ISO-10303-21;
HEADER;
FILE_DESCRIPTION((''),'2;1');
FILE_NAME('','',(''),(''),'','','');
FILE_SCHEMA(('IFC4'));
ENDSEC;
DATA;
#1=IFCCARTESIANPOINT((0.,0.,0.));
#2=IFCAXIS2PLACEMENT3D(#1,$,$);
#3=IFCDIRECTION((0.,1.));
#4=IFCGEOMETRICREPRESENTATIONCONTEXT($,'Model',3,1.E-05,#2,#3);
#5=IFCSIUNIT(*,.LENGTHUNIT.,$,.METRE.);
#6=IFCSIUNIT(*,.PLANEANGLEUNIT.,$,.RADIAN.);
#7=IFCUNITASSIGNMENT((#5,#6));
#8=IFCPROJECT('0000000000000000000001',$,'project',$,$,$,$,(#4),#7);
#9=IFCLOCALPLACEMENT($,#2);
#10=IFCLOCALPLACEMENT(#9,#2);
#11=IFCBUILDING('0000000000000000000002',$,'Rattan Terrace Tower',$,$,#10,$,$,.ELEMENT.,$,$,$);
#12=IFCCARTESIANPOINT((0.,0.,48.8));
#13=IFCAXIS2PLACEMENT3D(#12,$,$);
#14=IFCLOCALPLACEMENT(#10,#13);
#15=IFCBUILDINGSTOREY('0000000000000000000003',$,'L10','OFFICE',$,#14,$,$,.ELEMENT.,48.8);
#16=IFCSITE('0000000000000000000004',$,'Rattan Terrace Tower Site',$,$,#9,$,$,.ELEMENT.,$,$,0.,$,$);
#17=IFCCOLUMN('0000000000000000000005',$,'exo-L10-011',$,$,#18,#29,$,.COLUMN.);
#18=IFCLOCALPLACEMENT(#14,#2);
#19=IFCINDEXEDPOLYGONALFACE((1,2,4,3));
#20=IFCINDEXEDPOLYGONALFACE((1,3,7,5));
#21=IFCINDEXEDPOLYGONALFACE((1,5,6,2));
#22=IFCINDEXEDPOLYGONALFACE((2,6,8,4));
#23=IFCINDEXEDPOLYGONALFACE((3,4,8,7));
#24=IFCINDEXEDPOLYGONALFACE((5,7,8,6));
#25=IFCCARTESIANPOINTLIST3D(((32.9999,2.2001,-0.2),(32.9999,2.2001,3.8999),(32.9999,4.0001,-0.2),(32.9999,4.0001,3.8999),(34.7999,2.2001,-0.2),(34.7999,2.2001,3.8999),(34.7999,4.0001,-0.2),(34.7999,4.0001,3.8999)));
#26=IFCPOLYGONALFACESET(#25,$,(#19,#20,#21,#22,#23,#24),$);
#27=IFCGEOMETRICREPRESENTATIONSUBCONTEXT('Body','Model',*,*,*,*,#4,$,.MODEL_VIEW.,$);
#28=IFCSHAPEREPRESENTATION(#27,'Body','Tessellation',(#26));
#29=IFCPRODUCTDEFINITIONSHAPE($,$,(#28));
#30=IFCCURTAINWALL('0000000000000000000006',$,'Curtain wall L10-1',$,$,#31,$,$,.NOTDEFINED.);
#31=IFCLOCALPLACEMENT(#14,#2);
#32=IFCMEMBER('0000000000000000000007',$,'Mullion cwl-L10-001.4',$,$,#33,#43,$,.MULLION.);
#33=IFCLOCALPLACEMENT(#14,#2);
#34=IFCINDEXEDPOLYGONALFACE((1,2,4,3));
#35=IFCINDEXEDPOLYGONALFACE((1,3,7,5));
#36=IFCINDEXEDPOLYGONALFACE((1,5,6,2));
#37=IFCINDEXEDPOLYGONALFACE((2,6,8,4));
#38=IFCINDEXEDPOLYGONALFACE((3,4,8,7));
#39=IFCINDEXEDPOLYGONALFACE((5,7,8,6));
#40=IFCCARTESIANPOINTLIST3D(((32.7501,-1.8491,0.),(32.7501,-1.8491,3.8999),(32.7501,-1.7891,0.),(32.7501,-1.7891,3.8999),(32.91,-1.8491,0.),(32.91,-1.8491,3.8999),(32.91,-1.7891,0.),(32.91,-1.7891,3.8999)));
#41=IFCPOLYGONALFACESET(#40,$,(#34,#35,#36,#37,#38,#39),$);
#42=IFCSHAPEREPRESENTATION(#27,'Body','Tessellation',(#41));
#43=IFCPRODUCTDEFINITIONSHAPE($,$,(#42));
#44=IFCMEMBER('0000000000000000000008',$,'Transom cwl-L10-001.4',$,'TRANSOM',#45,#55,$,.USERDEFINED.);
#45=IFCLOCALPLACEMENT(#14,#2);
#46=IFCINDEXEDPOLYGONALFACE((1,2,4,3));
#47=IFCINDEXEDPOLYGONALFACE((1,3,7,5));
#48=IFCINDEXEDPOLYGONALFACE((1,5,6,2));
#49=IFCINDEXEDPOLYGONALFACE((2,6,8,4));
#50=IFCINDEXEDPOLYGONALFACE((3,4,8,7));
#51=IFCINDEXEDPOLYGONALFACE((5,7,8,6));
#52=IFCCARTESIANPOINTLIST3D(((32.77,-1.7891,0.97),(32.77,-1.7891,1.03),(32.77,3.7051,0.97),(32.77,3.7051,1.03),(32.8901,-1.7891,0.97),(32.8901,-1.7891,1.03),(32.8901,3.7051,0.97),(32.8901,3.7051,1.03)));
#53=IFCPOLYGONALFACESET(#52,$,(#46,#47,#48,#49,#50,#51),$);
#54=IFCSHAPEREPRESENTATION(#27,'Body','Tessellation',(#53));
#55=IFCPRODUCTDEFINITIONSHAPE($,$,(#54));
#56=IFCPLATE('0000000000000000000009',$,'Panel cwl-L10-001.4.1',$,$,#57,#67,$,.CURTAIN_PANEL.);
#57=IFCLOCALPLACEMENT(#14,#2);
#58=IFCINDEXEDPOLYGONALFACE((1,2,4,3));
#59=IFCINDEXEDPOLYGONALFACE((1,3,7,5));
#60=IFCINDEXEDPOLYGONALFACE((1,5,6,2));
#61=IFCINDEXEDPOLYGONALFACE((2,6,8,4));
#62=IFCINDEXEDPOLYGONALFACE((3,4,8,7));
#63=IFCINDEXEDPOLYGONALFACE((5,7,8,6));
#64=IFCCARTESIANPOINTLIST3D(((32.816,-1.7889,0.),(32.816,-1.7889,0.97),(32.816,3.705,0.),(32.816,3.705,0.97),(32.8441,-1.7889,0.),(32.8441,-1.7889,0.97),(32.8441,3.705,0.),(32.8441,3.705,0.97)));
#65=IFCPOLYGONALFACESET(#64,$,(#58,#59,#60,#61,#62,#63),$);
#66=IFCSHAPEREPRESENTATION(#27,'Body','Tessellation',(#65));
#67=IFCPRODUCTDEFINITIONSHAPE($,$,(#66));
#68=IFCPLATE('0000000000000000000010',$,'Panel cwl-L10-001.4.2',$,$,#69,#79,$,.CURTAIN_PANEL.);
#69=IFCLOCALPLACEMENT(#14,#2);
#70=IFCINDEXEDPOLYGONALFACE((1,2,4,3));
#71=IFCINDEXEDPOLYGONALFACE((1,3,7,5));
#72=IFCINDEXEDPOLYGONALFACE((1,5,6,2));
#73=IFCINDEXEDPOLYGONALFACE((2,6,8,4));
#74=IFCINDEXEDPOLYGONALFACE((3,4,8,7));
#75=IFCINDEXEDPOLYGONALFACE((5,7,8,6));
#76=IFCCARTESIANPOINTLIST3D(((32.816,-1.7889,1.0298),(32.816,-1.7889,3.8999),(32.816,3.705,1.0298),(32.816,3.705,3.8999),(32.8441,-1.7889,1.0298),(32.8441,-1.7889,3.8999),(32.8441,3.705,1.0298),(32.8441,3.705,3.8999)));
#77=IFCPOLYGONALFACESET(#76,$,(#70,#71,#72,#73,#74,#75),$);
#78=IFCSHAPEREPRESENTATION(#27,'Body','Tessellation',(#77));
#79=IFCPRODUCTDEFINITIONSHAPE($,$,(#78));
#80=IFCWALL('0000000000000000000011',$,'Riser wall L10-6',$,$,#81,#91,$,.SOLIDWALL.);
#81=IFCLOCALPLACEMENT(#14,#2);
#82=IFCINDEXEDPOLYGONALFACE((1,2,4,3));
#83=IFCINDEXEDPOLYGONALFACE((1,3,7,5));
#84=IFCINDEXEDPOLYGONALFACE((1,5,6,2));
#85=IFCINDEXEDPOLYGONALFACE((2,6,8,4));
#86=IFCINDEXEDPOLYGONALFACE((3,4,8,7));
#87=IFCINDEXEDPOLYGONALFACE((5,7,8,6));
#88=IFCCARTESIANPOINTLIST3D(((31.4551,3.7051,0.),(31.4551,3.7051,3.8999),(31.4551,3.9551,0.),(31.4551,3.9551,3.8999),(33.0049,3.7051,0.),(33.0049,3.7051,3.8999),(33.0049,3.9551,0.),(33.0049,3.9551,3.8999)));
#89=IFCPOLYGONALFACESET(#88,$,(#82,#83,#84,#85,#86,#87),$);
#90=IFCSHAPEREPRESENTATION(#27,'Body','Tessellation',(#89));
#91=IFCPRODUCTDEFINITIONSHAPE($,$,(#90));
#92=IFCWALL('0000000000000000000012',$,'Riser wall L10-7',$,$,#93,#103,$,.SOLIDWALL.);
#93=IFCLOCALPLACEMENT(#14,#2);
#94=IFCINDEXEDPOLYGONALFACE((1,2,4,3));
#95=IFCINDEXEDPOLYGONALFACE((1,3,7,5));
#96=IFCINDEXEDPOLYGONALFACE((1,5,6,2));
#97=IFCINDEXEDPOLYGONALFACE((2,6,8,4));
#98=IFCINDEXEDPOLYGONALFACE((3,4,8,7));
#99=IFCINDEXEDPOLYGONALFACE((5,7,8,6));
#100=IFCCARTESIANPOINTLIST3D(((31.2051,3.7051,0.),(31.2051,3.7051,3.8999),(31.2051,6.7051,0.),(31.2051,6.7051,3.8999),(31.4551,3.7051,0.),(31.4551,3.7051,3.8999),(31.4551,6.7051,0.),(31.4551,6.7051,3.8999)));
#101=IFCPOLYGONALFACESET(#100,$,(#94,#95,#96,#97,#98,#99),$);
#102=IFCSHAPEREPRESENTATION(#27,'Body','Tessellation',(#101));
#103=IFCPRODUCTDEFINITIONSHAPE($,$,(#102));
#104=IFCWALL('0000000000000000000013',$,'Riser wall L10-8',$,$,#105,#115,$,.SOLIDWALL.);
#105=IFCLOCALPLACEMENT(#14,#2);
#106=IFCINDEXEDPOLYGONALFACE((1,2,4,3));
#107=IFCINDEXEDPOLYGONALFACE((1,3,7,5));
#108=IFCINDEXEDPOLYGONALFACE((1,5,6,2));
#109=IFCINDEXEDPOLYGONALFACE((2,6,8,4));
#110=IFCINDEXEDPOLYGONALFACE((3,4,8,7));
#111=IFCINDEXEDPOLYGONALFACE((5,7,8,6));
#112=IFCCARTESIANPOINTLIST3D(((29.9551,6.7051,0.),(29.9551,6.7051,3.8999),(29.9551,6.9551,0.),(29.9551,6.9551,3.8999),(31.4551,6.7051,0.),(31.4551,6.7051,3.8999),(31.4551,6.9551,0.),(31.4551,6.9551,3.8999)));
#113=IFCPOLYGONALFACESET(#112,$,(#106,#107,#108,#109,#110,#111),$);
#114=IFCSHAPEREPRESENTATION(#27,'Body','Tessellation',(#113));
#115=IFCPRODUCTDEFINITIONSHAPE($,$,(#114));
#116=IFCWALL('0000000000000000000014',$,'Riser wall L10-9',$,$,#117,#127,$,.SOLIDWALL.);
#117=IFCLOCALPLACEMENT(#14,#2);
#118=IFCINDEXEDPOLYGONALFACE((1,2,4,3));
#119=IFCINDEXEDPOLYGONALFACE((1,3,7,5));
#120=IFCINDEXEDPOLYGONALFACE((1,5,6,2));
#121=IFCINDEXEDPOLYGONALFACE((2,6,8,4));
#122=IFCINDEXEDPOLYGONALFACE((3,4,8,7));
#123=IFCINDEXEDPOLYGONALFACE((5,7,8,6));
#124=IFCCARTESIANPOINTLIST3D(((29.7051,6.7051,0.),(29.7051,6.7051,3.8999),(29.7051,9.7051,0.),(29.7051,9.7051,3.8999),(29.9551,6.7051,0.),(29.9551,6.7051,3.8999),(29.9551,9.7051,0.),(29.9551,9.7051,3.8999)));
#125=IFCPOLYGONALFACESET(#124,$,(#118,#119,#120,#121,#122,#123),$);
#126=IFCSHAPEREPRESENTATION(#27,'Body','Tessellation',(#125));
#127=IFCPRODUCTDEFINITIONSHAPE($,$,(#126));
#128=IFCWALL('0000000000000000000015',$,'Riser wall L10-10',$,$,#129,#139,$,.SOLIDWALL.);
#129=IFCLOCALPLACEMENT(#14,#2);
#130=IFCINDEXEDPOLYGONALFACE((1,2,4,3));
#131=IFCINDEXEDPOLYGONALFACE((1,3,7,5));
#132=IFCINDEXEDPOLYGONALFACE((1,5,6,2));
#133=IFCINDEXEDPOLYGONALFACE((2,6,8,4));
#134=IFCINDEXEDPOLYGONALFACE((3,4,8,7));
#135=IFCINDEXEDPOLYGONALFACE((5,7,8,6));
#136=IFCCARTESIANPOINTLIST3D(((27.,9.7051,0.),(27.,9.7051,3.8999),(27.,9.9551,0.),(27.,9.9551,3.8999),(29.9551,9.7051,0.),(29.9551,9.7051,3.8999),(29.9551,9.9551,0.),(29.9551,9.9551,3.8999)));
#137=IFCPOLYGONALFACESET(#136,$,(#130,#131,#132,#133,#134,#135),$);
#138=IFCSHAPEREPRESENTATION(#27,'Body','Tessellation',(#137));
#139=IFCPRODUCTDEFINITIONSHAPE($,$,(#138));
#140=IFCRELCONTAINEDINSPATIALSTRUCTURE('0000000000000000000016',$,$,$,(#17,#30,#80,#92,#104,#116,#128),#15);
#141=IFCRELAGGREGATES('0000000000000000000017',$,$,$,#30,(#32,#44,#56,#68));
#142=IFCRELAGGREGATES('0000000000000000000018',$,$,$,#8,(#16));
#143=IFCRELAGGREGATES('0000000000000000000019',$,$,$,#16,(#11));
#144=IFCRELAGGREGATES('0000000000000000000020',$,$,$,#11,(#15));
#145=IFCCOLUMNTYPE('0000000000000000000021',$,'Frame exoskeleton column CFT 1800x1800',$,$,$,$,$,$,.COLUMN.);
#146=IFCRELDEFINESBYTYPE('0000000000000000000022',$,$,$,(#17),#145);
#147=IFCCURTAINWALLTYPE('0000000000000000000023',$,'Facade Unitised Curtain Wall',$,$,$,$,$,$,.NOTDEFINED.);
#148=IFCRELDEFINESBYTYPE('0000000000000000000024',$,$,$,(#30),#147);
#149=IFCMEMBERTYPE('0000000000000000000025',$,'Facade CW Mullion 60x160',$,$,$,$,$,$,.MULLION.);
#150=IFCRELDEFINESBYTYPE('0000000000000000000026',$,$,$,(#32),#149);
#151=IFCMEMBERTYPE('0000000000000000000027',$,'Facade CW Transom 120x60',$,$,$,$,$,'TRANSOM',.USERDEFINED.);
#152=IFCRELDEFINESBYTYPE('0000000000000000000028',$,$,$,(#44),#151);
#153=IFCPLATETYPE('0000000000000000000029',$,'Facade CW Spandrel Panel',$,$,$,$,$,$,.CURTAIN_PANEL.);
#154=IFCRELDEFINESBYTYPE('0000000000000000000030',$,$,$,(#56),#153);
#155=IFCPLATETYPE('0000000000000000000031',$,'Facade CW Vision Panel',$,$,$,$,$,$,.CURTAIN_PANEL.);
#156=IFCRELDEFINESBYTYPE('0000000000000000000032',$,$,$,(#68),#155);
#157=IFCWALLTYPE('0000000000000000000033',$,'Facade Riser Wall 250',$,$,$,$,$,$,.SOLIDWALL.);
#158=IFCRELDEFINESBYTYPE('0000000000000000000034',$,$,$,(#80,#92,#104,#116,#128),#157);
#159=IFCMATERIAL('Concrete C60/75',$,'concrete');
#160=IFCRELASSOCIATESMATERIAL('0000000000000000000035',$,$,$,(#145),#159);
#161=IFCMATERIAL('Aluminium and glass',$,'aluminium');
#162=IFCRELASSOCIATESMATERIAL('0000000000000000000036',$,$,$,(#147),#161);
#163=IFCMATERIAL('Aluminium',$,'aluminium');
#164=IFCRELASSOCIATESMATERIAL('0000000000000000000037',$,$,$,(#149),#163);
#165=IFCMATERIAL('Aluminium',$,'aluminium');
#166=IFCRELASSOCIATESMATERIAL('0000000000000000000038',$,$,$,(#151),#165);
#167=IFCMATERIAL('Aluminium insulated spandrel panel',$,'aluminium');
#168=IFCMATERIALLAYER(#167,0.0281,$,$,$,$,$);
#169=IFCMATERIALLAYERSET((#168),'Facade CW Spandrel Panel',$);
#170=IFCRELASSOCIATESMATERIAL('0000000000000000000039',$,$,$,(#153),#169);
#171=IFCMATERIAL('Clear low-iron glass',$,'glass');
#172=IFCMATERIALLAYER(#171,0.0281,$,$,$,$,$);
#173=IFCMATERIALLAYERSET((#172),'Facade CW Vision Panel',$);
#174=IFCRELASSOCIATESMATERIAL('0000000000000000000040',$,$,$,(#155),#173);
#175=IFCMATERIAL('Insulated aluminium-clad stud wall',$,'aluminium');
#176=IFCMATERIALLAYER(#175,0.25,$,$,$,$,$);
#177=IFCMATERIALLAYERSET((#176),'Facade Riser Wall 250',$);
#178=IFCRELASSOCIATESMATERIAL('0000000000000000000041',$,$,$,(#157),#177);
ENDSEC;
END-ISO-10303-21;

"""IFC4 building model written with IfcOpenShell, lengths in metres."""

from ifc_helpers import new_model, si_unit, direction, frame, frame_2d, origin, origin_2d, place, context, subcontext, project, spatial, rectangle, extrude, material, layer, layer_set, material_profile, profile_set, type_object, element, aggregate, save


model = new_model("IFC4")

# Units and contexts
model_context = context("Model", 3, precision=1e-05, world=origin(), true_north=direction((0.0, 1.0)))
body_context = subcontext(model_context, "Body", "Model", "MODEL_VIEW")
ifc_project = project(units=[si_unit("LENGTHUNIT", "METRE"), si_unit("PLANEANGLEUNIT", "RADIAN")], contexts=[model_context])

# Site, building, storey
site_placement = place(None, origin())
site = spatial("IfcSite", under=ifc_project, at=site_placement, Name="Rattan Terrace Tower Site", CompositionType="ELEMENT", RefElevation=0.0)
building_placement = place(site_placement, origin())
building = spatial("IfcBuilding", under=site, at=building_placement, Name="Rattan Terrace Tower", CompositionType="ELEMENT")
storey_placement = place(building_placement, frame((0.0, 0.0, 48.8)))
storey = spatial("IfcBuildingStorey", under=building, at=storey_placement, Name="L10", Description="OFFICE", CompositionType="ELEMENT", Elevation=48.8)

# Column
ifc_material_1 = material(Name="Concrete C60/75", Category="concrete")
ifc_material_profile_1 = material_profile(ifc_material_1, rectangle(XDim=1.8, YDim=1.8, at=origin_2d()), Name="CFT 1800x1800")
ifc_profile_set_1 = profile_set([ifc_material_profile_1], Name="Concrete C60/75")
column_type = type_object("IfcColumnType", Name="Frame exoskeleton column CFT 1800x1800", PredefinedType="COLUMN", material=ifc_profile_set_1)
column_placement = place(storey_placement, frame((33.8999, 3.1001, -0.2), z_axis=(0.0, 0.0, 1.0), x_axis=(0.0, 1.0, 0.0)))
element("IfcColumn", 1, at=column_placement, inside=storey, type_object=column_type, Name="exo-L10-011", PredefinedType="COLUMN", context=body_context, shape_type="SweptSolid", body=[
    extrude(rectangle(XDim=1.8, YDim=1.8, at=origin_2d()), origin(), (0.0, 0.0, 1.0), 4.0999),
])

# Curtain wall, members, plates
ifc_material_2 = material(Name="Aluminium and glass", Category="aluminium")
curtain_wall_type = type_object("IfcCurtainWallType", Name="Facade Unitised Curtain Wall", PredefinedType="NOTDEFINED", material=ifc_material_2)
curtain_wall_placement = place(storey_placement, origin())
curtain_wall = element("IfcCurtainWall", 2, at=curtain_wall_placement, inside=storey, type_object=curtain_wall_type, Name="Curtain wall L10-1", PredefinedType="NOTDEFINED")
ifc_material_3 = material(Name="Aluminium", Category="aluminium")
ifc_material_profile_2 = material_profile(ifc_material_3, rectangle(XDim=0.0601, YDim=0.1599, at=origin_2d()), Name="Aluminium 60x160")
ifc_profile_set_2 = profile_set([ifc_material_profile_2], Name="Aluminium")
member_type_1 = type_object("IfcMemberType", Name="Facade CW Mullion 60x160", PredefinedType="MULLION", material=ifc_profile_set_2)
member_1_placement = place(storey_placement, frame((32.8301, -1.8191, 0.0), z_axis=(0.0, 0.0, 1.0), x_axis=(0.0, 1.0, 0.0)))
member_1 = element("IfcMember", 3, at=member_1_placement, type_object=member_type_1, Name="Mullion cwl-L10-001.4", PredefinedType="MULLION", context=body_context, shape_type="SweptSolid", body=[
    extrude(rectangle(XDim=0.0601, YDim=0.1599, at=origin_2d()), origin(), (0.0, 0.0, 1.0), 3.8999),
])
ifc_material_4 = material(Name="Aluminium", Category="aluminium")
ifc_material_profile_3 = material_profile(ifc_material_4, rectangle(XDim=0.1201, YDim=0.0601, at=origin_2d()), Name="Aluminium 120x60")
ifc_profile_set_3 = profile_set([ifc_material_profile_3], Name="Aluminium")
member_type_2 = type_object("IfcMemberType", Name="Facade CW Transom 120x60", ElementType="TRANSOM", PredefinedType="USERDEFINED", material=ifc_profile_set_3)
member_2_placement = place(storey_placement, frame((32.8301, -1.7891, 1.0), z_axis=(0.0, 1.0, 0.0), x_axis=(-1.0, 0.0, 0.0)))
member_2 = element("IfcMember", 4, at=member_2_placement, type_object=member_type_2, Name="Transom cwl-L10-001.4", ObjectType="TRANSOM", PredefinedType="USERDEFINED", context=body_context, shape_type="SweptSolid", body=[
    extrude(rectangle(XDim=0.1201, YDim=0.0601, at=origin_2d()), origin(), (0.0, 0.0, 1.0), 5.4941),
])
ifc_material_5 = material(Name="Aluminium insulated spandrel panel", Category="aluminium")
ifc_layer_1 = layer(ifc_material_5, 0.0281)
ifc_layer_set_1 = layer_set([ifc_layer_1], Name="Facade CW Spandrel Panel")
plate_type_1 = type_object("IfcPlateType", Name="Facade CW Spandrel Panel", PredefinedType="CURTAIN_PANEL", material=ifc_layer_set_1)
plate_1_placement = place(storey_placement, frame((32.8301, 0.958, 0.0), z_axis=(0.0, 0.0, 1.0), x_axis=(0.0, 1.0, 0.0)))
plate_1 = element("IfcPlate", 5, at=plate_1_placement, type_object=plate_type_1, Name="Panel cwl-L10-001.4.1", PredefinedType="CURTAIN_PANEL", context=body_context, shape_type="SweptSolid", body=[
    extrude(rectangle(XDim=5.4939, YDim=0.0281, at=origin_2d()), origin(), (0.0, 0.0, 1.0), 0.97),
])
ifc_material_6 = material(Name="Clear low-iron glass", Category="glass")
ifc_layer_2 = layer(ifc_material_6, 0.0281)
ifc_layer_set_2 = layer_set([ifc_layer_2], Name="Facade CW Vision Panel")
plate_type_2 = type_object("IfcPlateType", Name="Facade CW Vision Panel", PredefinedType="CURTAIN_PANEL", material=ifc_layer_set_2)
plate_2_placement = place(storey_placement, frame((32.8301, 0.958, 1.0298), z_axis=(0.0, 0.0, 1.0), x_axis=(0.0, 1.0, 0.0)))
plate_2 = element("IfcPlate", 6, at=plate_2_placement, type_object=plate_type_2, Name="Panel cwl-L10-001.4.2", PredefinedType="CURTAIN_PANEL", context=body_context, shape_type="SweptSolid", body=[
    extrude(rectangle(XDim=5.4939, YDim=0.0281, at=origin_2d()), origin(), (0.0, 0.0, 1.0), 2.8701),
])
aggregate(curtain_wall, [member_1, member_2, plate_1, plate_2])

# Walls
ifc_material_7 = material(Name="Insulated aluminium-clad stud wall", Category="aluminium")
ifc_layer_3 = layer(ifc_material_7, 0.25)
ifc_layer_set_3 = layer_set([ifc_layer_3], Name="Facade Riser Wall 250")
wall_type_1 = type_object("IfcWallType", Name="Facade Riser Wall 250", PredefinedType="SOLIDWALL", material=ifc_layer_set_3)
wall_1_placement = place(storey_placement, frame((33.0049, 3.8301, 0.0), z_axis=(0.0, 0.0, 1.0), x_axis=(-1.0, 0.0, 0.0)))
element("IfcWall", 7, at=wall_1_placement, inside=storey, type_object=wall_type_1, Name="Riser wall L10-6", PredefinedType="SOLIDWALL", context=body_context, shape_type="SweptSolid", body=[
    extrude(rectangle(XDim=1.5498, YDim=0.25, at=frame_2d((0.7749, 0.0))), origin(), (0.0, 0.0, 1.0), 3.8999),
])
wall_2_placement = place(storey_placement, frame((31.3301, 3.7051, 0.0), z_axis=(0.0, 0.0, 1.0), x_axis=(0.0, 1.0, 0.0)))
element("IfcWall", 8, at=wall_2_placement, inside=storey, type_object=wall_type_1, Name="Riser wall L10-7", PredefinedType="SOLIDWALL", context=body_context, shape_type="SweptSolid", body=[
    extrude(rectangle(XDim=3.0, YDim=0.25, at=frame_2d((1.5, 0.0))), origin(), (0.0, 0.0, 1.0), 3.8999),
])
wall_3_placement = place(storey_placement, frame((31.4551, 6.8301, 0.0), z_axis=(0.0, 0.0, 1.0), x_axis=(-1.0, 0.0, 0.0)))
element("IfcWall", 9, at=wall_3_placement, inside=storey, type_object=wall_type_1, Name="Riser wall L10-8", PredefinedType="SOLIDWALL", context=body_context, shape_type="SweptSolid", body=[
    extrude(rectangle(XDim=1.5, YDim=0.25, at=frame_2d((0.75, 0.0))), origin(), (0.0, 0.0, 1.0), 3.8999),
])
wall_4_placement = place(storey_placement, frame((29.8301, 6.7051, 0.0), z_axis=(0.0, 0.0, 1.0), x_axis=(0.0, 1.0, 0.0)))
element("IfcWall", 10, at=wall_4_placement, inside=storey, type_object=wall_type_1, Name="Riser wall L10-9", PredefinedType="SOLIDWALL", context=body_context, shape_type="SweptSolid", body=[
    extrude(rectangle(XDim=3.0, YDim=0.25, at=frame_2d((1.5, 0.0))), origin(), (0.0, 0.0, 1.0), 3.8999),
])
wall_5_placement = place(storey_placement, frame((29.9551, 9.8301, 0.0), z_axis=(0.0, 0.0, 1.0), x_axis=(-1.0, 0.0, 0.0)))
element("IfcWall", 11, at=wall_5_placement, inside=storey, type_object=wall_type_1, Name="Riser wall L10-10", PredefinedType="SOLIDWALL", context=body_context, shape_type="SweptSolid", body=[
    extrude(rectangle(XDim=2.9551, YDim=0.25, at=frame_2d((1.4775, 0.0))), origin(), (0.0, 0.0, 1.0), 3.8999),
])

save(model, "model.ifc")
